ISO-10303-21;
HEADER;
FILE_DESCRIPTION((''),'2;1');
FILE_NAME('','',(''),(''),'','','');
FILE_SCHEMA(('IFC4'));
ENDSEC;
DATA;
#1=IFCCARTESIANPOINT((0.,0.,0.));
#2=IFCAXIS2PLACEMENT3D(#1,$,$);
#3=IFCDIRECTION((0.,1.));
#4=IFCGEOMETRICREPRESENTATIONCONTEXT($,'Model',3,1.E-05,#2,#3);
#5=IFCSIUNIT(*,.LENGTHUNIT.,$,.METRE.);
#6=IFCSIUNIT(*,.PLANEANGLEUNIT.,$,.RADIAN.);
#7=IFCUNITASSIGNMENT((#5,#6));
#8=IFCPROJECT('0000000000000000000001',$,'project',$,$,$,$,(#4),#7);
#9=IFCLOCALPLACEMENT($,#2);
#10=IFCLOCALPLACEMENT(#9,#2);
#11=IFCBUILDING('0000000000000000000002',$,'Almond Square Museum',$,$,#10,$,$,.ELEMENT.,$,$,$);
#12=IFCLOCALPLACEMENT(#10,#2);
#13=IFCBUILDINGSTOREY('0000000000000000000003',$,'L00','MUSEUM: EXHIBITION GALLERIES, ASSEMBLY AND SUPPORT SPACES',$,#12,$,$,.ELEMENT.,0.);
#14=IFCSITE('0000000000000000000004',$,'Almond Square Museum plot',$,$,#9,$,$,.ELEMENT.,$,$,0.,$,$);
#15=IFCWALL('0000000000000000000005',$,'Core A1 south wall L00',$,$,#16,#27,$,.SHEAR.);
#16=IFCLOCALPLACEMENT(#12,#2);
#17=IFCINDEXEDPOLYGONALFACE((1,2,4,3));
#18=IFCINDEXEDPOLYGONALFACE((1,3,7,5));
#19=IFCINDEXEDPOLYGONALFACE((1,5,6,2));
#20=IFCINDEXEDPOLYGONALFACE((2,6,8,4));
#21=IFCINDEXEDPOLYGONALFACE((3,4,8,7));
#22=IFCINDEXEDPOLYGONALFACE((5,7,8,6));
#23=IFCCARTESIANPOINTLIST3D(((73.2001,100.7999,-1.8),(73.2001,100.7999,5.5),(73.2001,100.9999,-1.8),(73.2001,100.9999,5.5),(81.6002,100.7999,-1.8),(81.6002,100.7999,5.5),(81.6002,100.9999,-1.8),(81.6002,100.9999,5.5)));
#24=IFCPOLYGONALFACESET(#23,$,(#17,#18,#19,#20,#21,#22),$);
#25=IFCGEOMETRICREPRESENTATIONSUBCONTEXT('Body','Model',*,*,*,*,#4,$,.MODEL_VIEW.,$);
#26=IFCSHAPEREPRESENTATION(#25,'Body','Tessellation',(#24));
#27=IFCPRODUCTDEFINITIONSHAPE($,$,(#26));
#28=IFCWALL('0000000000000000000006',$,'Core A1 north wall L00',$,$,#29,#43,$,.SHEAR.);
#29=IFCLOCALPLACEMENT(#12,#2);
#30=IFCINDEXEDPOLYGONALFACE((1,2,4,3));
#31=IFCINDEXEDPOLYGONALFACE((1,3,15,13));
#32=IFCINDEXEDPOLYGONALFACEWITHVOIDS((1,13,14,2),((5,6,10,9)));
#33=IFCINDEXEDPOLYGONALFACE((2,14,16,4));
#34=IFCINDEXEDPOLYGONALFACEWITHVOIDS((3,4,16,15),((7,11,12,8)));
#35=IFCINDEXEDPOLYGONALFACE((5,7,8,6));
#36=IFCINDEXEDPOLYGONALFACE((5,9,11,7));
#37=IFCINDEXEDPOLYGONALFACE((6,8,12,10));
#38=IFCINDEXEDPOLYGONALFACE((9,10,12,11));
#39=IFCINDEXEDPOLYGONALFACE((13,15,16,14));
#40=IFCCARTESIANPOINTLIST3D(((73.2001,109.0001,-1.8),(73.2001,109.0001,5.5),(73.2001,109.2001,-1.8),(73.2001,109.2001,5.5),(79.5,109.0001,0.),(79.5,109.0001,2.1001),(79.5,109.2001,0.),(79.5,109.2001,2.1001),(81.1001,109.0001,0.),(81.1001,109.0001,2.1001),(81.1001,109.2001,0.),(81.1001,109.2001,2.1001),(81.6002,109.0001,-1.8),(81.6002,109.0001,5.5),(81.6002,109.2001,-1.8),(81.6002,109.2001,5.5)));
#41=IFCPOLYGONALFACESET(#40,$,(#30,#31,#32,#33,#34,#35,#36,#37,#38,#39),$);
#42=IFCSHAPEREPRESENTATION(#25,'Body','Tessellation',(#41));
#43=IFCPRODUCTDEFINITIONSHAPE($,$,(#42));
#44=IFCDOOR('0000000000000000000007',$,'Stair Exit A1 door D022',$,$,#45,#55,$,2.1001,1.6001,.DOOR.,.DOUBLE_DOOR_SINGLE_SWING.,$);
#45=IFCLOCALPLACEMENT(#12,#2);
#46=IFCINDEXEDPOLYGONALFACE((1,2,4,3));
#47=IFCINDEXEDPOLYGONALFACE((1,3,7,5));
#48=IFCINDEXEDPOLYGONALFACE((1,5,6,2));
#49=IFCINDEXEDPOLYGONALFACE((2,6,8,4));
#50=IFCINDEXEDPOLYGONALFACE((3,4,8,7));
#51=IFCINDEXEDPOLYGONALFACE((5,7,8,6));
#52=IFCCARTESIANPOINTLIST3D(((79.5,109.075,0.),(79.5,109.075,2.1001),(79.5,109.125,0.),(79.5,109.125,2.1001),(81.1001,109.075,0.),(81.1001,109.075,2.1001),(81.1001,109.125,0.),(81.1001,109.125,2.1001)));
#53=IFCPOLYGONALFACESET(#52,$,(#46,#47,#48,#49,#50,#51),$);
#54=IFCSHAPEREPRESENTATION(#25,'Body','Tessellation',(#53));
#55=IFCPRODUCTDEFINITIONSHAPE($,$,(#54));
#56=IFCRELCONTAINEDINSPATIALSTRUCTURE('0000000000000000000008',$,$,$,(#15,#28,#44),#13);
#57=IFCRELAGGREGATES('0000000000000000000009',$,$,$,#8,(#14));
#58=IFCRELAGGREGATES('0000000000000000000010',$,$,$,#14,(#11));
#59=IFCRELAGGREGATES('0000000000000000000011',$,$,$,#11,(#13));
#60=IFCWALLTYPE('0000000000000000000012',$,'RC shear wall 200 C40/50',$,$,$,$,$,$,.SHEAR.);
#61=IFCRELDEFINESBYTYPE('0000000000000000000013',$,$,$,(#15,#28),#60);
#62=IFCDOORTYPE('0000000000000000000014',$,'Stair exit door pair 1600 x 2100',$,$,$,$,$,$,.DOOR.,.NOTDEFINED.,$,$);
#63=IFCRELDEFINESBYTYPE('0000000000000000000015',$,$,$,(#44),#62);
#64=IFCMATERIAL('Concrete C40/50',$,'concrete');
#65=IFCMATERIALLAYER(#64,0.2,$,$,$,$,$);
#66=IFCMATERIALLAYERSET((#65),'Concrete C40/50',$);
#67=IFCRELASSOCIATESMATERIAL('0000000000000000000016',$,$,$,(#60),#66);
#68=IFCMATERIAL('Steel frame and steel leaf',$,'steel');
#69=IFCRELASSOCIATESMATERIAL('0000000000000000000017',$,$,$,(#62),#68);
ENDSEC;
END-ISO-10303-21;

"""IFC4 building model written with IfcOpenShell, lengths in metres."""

from ifc_helpers import new_model, si_unit, direction, frame, frame_2d, origin, place, context, subcontext, project, spatial, rectangle, extrude, material, layer, layer_set, type_object, element, fill, save


model = new_model("IFC4")

# Units and contexts
model_context = context("Model", 3, precision=1e-05, world=origin(), true_north=direction((0.0, 1.0)))
body_context = subcontext(model_context, "Body", "Model", "MODEL_VIEW")
ifc_project = project(units=[si_unit("LENGTHUNIT", "METRE"), si_unit("PLANEANGLEUNIT", "RADIAN")], contexts=[model_context])

# Site, building, storey
site_placement = place(None, origin())
site = spatial("IfcSite", under=ifc_project, at=site_placement, Name="Almond Square Museum plot", CompositionType="ELEMENT", RefElevation=0.0)
building_placement = place(site_placement, origin())
building = spatial("IfcBuilding", under=site, at=building_placement, Name="Almond Square Museum", CompositionType="ELEMENT")
storey_placement = place(building_placement, origin())
storey = spatial("IfcBuildingStorey", under=building, at=storey_placement, Name="L00", Description="MUSEUM: EXHIBITION GALLERIES, ASSEMBLY AND SUPPORT SPACES", CompositionType="ELEMENT", Elevation=0.0)

# Wall
ifc_material_1 = material(Name="Concrete C40/50", Category="concrete")
ifc_layer_1 = layer(ifc_material_1, 0.2)
ifc_layer_set_1 = layer_set([ifc_layer_1], Name="Concrete C40/50")
wall_type_1 = type_object("IfcWallType", Name="RC shear wall 200 C40/50", PredefinedType="SHEAR", material=ifc_layer_set_1)
wall_1_placement = place(storey_placement, frame((73.2, 100.8999, -1.8), z_axis=(0.0, 0.0, 1.0), x_axis=(1.0, 0.0, 0.0)))
element("IfcWall", 1, at=wall_1_placement, inside=storey, type_object=wall_type_1, Name="Core A1 south wall L00", PredefinedType="SHEAR", context=body_context, shape_type="SweptSolid", body=[
    extrude(rectangle(XDim=8.4001, YDim=0.2, at=frame_2d((4.2002, 0.0))), origin(), (0.0, 0.0, 1.0), 7.3),
])

# Wall, opening, door
wall_2_placement = place(storey_placement, frame((73.2, 109.1001, -1.8), z_axis=(0.0, 0.0, 1.0), x_axis=(1.0, 0.0, 0.0)))
wall_2 = element("IfcWall", 2, at=wall_2_placement, inside=storey, type_object=wall_type_1, Name="Core A1 north wall L00", PredefinedType="SHEAR", context=body_context, shape_type="SweptSolid", body=[
    extrude(rectangle(XDim=8.4001, YDim=0.2, at=frame_2d((4.2002, 0.0))), origin(), (0.0, 0.0, 1.0), 7.3),
])
opening_1_placement = place(wall_2_placement, frame((6.3, 0.0, 1.8)))
opening_1 = element("IfcOpeningElement", 3, at=opening_1_placement, cuts=wall_2, PredefinedType="OPENING", context=body_context, shape_type="SweptSolid", body=[
    extrude(rectangle(XDim=1.6001, YDim=2.1001, at=frame_2d((0.8, 1.05))), frame((0.0, 0.1099, 0.0), z_axis=(0.0, -1.0, 0.0), x_axis=(1.0, 0.0, 0.0)), (0.0, 0.0, 1.0), 0.22),
])
ifc_material_2 = material(Name="Steel frame and steel leaf", Category="steel")
door_type = type_object("IfcDoorType", Name="Stair exit door pair 1600 x 2100", OperationType="NOTDEFINED", PredefinedType="DOOR", material=ifc_material_2)
door_placement = place(opening_1_placement, origin())
door = element("IfcDoor", 4, at=door_placement, inside=storey, type_object=door_type, Name="Stair Exit A1 door D022", OperationType="DOUBLE_DOOR_SINGLE_SWING", OverallHeight=2.1001, OverallWidth=1.6001, PredefinedType="DOOR", context=body_context, shape_type="SweptSolid", body=[
    extrude(rectangle(XDim=1.6001, YDim=2.1001, at=frame_2d((0.8, 1.05))), frame((0.0, 0.0249, 0.0), z_axis=(0.0, -1.0, 0.0), x_axis=(1.0, 0.0, 0.0)), (0.0, 0.0, 1.0), 0.05),
])
fill(opening_1, door)

save(model, "model.ifc")
